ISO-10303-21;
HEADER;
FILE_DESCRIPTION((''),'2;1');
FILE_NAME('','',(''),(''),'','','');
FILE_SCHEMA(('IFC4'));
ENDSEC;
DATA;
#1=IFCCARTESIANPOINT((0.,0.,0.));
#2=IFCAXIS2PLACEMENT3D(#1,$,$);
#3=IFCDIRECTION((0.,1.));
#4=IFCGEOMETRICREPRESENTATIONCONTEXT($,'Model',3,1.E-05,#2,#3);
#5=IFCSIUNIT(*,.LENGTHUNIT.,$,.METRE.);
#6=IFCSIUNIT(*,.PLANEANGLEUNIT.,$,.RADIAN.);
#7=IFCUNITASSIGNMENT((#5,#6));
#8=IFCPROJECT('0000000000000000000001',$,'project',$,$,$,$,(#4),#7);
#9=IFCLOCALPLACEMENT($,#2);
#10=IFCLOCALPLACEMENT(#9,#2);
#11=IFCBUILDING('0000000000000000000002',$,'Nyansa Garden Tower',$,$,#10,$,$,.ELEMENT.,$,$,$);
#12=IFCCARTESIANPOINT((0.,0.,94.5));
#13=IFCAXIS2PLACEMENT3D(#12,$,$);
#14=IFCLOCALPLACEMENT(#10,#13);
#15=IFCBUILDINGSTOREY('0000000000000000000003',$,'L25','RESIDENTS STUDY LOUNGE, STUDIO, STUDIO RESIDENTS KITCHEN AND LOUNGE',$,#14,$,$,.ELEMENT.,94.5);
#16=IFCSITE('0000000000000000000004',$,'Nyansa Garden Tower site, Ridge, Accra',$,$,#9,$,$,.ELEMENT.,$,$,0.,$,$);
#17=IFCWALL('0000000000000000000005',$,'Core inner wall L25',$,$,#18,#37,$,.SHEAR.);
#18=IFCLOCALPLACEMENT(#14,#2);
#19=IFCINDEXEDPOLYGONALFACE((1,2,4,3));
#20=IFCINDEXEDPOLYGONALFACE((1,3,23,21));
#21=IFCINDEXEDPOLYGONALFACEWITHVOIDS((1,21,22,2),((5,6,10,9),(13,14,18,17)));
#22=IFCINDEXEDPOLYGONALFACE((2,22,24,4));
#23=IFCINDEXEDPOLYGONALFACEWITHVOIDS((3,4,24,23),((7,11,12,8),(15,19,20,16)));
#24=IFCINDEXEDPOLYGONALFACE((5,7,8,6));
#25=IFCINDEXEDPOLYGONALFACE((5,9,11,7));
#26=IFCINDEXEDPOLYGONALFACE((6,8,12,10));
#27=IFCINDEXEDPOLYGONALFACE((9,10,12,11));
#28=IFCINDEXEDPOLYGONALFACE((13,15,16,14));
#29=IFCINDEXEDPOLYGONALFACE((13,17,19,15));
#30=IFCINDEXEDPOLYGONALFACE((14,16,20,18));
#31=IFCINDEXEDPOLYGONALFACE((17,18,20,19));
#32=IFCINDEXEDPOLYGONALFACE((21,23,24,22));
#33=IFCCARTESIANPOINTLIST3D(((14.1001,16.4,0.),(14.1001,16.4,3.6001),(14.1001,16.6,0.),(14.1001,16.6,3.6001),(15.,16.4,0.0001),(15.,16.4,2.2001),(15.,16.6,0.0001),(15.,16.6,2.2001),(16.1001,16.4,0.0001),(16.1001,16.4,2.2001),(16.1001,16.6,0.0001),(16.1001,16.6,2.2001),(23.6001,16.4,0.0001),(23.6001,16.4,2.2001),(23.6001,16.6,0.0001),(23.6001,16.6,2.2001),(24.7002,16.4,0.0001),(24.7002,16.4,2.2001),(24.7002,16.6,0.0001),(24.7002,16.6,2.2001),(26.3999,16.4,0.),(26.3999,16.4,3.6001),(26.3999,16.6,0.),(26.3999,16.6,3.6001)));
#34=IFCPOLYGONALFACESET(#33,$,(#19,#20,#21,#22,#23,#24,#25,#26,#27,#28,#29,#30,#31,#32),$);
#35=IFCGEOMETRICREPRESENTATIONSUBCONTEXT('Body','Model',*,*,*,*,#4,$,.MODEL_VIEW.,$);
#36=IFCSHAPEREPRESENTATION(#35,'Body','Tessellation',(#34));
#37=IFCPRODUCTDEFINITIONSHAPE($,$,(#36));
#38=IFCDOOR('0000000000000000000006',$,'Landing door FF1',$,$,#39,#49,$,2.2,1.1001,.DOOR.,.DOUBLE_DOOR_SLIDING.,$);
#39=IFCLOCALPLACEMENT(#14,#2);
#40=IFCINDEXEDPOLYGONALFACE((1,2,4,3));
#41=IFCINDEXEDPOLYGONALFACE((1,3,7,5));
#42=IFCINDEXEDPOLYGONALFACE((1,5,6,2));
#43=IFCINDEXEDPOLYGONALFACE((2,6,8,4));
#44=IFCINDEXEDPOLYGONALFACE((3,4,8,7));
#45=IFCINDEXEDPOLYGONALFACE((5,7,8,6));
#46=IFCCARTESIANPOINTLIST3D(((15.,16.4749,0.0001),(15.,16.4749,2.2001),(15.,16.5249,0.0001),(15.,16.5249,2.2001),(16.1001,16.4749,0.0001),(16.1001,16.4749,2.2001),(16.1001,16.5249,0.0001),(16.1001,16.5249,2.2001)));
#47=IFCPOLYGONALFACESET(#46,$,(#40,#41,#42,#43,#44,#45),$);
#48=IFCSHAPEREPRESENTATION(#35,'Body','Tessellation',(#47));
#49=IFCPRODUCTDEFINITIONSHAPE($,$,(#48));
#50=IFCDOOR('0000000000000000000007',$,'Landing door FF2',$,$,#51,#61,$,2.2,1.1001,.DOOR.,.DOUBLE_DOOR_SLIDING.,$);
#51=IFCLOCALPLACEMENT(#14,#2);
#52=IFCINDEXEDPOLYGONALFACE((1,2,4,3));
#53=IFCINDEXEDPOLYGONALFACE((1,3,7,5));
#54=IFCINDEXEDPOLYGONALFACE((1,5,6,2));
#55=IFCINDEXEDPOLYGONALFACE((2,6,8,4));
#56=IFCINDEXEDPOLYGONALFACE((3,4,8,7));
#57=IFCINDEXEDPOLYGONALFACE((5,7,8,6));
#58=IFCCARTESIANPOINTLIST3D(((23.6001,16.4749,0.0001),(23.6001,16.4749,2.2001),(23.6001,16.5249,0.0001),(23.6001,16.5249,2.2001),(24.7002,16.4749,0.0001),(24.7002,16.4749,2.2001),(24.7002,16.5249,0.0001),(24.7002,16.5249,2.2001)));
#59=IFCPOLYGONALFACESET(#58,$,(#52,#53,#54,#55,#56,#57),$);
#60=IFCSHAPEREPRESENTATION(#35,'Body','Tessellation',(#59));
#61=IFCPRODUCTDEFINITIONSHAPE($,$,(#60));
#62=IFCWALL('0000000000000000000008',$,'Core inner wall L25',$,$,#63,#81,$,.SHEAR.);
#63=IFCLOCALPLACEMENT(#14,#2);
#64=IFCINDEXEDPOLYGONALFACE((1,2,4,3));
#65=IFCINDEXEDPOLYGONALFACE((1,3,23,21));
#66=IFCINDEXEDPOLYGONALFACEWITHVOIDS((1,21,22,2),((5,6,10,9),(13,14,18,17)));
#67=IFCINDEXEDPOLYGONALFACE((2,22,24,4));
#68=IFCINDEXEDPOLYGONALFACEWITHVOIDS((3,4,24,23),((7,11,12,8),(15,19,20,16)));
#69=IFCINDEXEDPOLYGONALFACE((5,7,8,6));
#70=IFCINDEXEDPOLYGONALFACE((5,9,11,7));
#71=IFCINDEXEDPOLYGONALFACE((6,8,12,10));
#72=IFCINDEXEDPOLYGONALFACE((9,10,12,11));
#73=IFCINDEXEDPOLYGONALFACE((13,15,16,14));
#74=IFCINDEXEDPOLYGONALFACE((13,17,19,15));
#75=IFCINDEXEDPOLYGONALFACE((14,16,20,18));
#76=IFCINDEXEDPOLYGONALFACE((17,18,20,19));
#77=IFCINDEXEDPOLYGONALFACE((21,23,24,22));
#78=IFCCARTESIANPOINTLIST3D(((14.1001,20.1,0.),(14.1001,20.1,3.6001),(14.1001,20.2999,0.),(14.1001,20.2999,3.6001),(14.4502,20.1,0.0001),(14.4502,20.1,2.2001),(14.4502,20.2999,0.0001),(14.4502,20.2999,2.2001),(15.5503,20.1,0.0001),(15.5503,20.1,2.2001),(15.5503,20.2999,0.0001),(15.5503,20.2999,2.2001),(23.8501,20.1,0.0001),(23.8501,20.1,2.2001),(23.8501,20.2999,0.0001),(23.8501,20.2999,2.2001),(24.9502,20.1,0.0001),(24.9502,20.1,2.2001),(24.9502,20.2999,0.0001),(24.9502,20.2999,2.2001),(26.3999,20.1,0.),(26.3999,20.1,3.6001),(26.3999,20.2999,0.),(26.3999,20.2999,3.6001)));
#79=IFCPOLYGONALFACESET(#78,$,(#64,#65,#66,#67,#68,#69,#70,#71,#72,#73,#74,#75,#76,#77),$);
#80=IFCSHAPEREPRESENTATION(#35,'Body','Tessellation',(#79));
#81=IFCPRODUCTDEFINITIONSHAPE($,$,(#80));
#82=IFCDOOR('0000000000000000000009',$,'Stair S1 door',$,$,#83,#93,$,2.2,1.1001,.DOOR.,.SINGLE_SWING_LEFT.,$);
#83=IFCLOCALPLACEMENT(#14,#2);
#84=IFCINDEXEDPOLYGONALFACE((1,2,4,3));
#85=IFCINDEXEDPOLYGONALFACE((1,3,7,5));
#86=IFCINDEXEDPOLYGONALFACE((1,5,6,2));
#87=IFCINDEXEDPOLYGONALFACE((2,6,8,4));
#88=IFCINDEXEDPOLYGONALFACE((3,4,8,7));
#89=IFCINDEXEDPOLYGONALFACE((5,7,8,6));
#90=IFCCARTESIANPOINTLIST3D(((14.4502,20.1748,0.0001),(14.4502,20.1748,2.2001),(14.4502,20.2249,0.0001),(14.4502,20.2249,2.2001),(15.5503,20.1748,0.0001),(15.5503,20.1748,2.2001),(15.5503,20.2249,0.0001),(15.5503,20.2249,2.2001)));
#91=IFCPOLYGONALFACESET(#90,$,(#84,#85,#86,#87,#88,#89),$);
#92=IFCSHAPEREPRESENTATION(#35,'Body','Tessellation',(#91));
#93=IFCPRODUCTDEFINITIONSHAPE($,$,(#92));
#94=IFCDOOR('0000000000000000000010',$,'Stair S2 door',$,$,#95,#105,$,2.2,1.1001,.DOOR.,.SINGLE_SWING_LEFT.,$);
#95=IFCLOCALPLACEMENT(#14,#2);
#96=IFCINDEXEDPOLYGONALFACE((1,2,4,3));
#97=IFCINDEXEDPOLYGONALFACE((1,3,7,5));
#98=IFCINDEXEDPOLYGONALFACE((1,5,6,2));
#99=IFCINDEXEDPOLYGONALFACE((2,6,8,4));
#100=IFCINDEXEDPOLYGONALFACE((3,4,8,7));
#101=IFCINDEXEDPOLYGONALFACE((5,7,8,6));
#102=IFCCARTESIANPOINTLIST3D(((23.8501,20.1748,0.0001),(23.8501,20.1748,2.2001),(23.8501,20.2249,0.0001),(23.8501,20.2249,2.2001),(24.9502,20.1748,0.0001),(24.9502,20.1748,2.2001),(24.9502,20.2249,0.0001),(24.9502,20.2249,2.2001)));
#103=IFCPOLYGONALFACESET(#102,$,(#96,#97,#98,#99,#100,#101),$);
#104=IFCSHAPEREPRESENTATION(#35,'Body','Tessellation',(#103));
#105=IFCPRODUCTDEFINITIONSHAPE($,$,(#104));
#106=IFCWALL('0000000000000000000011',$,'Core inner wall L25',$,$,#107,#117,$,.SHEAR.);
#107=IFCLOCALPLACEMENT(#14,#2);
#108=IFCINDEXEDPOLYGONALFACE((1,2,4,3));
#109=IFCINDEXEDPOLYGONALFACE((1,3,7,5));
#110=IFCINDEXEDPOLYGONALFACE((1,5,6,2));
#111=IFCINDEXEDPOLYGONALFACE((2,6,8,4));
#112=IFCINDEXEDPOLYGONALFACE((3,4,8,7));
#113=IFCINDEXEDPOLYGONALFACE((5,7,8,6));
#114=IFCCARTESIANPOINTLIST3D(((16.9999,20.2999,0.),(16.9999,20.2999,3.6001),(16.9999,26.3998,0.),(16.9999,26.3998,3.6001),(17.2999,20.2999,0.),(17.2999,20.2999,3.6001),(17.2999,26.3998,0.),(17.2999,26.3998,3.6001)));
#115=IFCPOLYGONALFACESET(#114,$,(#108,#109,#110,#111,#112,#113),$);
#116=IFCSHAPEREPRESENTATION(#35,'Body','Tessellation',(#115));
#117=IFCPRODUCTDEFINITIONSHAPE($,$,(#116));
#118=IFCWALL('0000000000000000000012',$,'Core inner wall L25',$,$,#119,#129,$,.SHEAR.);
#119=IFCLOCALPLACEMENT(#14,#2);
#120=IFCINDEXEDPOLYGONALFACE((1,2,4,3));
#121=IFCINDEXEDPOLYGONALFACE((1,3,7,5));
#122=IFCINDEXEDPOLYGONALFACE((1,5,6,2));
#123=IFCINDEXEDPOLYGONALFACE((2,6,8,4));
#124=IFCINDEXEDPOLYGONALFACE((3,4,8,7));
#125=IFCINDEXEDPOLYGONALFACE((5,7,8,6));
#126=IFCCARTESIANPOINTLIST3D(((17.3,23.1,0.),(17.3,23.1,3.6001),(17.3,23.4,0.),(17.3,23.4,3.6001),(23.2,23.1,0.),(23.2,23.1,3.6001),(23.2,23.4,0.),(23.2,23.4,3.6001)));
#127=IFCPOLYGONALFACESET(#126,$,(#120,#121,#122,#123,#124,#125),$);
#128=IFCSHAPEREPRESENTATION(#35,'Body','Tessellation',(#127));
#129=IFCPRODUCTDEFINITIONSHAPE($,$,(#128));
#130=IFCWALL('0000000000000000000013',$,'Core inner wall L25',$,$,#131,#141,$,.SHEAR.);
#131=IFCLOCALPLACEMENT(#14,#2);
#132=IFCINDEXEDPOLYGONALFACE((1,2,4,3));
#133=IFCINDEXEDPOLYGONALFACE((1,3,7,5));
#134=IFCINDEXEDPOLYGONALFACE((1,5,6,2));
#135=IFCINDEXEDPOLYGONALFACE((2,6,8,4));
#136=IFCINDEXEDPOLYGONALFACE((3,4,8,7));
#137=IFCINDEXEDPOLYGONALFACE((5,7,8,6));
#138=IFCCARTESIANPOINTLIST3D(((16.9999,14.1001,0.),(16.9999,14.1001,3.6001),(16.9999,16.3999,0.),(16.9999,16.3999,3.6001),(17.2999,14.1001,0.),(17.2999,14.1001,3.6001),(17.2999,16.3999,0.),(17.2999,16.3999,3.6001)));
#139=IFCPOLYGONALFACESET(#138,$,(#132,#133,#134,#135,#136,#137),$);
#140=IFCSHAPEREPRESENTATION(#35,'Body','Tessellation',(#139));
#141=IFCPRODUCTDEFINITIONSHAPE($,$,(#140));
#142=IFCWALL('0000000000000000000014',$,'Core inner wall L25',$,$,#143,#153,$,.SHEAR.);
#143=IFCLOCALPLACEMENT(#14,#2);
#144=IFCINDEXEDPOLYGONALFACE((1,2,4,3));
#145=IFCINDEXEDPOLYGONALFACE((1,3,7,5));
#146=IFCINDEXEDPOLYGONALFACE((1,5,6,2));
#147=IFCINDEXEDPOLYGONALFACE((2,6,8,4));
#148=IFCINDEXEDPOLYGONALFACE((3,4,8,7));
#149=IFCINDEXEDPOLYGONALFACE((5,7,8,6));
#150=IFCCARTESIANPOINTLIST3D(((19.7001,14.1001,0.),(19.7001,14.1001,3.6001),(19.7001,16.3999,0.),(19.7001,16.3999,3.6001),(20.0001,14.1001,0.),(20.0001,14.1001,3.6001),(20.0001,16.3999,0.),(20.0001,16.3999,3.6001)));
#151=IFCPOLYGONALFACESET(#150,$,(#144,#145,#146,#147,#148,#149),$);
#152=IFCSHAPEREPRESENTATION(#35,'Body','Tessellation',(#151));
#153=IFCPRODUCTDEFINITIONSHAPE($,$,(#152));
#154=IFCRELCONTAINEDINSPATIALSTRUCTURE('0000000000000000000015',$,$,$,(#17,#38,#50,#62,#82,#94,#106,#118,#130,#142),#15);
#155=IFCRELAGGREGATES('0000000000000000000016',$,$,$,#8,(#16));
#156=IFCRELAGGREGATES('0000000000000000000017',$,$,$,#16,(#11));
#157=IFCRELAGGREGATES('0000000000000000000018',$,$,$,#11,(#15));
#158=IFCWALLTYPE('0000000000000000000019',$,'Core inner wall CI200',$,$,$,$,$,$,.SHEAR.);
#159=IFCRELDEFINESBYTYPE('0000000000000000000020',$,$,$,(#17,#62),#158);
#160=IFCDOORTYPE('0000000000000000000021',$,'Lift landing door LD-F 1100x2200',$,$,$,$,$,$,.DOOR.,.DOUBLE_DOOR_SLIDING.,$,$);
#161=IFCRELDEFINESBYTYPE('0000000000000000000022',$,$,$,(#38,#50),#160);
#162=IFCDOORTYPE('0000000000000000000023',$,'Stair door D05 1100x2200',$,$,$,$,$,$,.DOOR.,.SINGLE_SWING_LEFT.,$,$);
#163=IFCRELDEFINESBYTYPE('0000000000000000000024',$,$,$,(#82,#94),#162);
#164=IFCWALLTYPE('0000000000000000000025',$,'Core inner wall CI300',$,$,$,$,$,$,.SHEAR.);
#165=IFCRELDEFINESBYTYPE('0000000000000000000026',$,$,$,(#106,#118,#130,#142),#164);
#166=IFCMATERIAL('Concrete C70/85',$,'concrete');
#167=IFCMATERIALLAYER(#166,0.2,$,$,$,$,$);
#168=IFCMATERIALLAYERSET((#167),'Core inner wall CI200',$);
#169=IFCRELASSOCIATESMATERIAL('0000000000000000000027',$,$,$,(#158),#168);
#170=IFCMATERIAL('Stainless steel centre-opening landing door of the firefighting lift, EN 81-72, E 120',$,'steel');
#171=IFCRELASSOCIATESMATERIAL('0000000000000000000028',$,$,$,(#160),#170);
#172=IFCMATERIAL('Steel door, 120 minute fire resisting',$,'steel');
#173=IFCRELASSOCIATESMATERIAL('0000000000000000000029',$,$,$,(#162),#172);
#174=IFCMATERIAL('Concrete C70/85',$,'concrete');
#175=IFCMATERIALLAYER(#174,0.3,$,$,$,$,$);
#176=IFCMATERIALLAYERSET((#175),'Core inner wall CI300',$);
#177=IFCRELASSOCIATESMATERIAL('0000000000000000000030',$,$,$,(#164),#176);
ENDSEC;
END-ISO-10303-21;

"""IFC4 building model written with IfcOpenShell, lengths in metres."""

from ifc_helpers import new_model, si_unit, direction, frame, frame_2d, origin, place, context, subcontext, project, spatial, rectangle, extrude, material, layer, layer_set, type_object, element, fill, save


model = new_model("IFC4")

# Units and contexts
model_context = context("Model", 3, precision=1e-05, world=origin(), true_north=direction((0.0, 1.0)))
body_context = subcontext(model_context, "Body", "Model", "MODEL_VIEW")
ifc_project = project(units=[si_unit("LENGTHUNIT", "METRE"), si_unit("PLANEANGLEUNIT", "RADIAN")], contexts=[model_context])

# Site, building, storey
site_placement = place(None, origin())
site = spatial("IfcSite", under=ifc_project, at=site_placement, Name="Nyansa Garden Tower site, Ridge, Accra", CompositionType="ELEMENT", RefElevation=0.0)
building_placement = place(site_placement, origin())
building = spatial("IfcBuilding", under=site, at=building_placement, Name="Nyansa Garden Tower", CompositionType="ELEMENT")
storey_placement = place(building_placement, frame((0.0, 0.0, 94.5)))
storey = spatial("IfcBuildingStorey", under=building, at=storey_placement, Name="L25", Description="RESIDENTS STUDY LOUNGE, STUDIO, STUDIO RESIDENTS KITCHEN AND LOUNGE", CompositionType="ELEMENT", Elevation=94.5)

# Walls, openings, doors
ifc_material_1 = material(Name="Concrete C70/85", Category="concrete")
ifc_layer_1 = layer(ifc_material_1, 0.2)
ifc_layer_set_1 = layer_set([ifc_layer_1], Name="Core inner wall CI200")
wall_type_1 = type_object("IfcWallType", Name="Core inner wall CI200", PredefinedType="SHEAR", material=ifc_layer_set_1)
wall_1_placement = place(storey_placement, frame((14.1001, 16.5, 0.0), z_axis=(0.0, 0.0, 1.0), x_axis=(1.0, 0.0, 0.0)))
wall_1 = element("IfcWall", 1, at=wall_1_placement, inside=storey, type_object=wall_type_1, Name="Core inner wall L25", PredefinedType="SHEAR", context=body_context, shape_type="SweptSolid", body=[
    extrude(rectangle(XDim=12.2998, YDim=0.2, at=frame_2d((6.1499, 0.0))), origin(), (0.0, 0.0, 1.0), 3.6001),
])
opening_1_placement = place(wall_1_placement, frame((0.8999, 0.0, 0.0)))
opening_1 = element("IfcOpeningElement", 2, at=opening_1_placement, cuts=wall_1, PredefinedType="OPENING", context=body_context, shape_type="SweptSolid", body=[
    extrude(rectangle(XDim=1.1001, YDim=2.2, at=frame_2d((0.55, 1.1001))), frame((0.0, 0.1099, 0.0), z_axis=(0.0, -1.0, 0.0), x_axis=(1.0, 0.0, 0.0)), (0.0, 0.0, 1.0), 0.22),
])
opening_2_placement = place(wall_1_placement, frame((9.5, 0.0, 0.0)))
opening_2 = element("IfcOpeningElement", 3, at=opening_2_placement, cuts=wall_1, PredefinedType="OPENING", context=body_context, shape_type="SweptSolid", body=[
    extrude(rectangle(XDim=1.1001, YDim=2.2, at=frame_2d((0.55, 1.1001))), frame((0.0, 0.1099, 0.0), z_axis=(0.0, -1.0, 0.0), x_axis=(1.0, 0.0, 0.0)), (0.0, 0.0, 1.0), 0.22),
])
ifc_material_2 = material(Name="Stainless steel centre-opening landing door of the firefighting lift, EN 81-72, E 120", Category="steel")
door_type_1 = type_object("IfcDoorType", Name="Lift landing door LD-F 1100x2200", OperationType="DOUBLE_DOOR_SLIDING", PredefinedType="DOOR", material=ifc_material_2)
door_1_placement = place(opening_1_placement, origin())
door_1 = element("IfcDoor", 4, at=door_1_placement, inside=storey, type_object=door_type_1, Name="Landing door FF1", OperationType="DOUBLE_DOOR_SLIDING", OverallHeight=2.2, OverallWidth=1.1001, PredefinedType="DOOR", context=body_context, shape_type="SweptSolid", body=[
    extrude(rectangle(XDim=1.1001, YDim=2.2, at=frame_2d((0.55, 1.1001))), frame((0.0, 0.0249, 0.0), z_axis=(0.0, -1.0, 0.0), x_axis=(1.0, 0.0, 0.0)), (0.0, 0.0, 1.0), 0.05),
])
fill(opening_1, door_1)
door_2_placement = place(opening_2_placement, origin())
door_2 = element("IfcDoor", 5, at=door_2_placement, inside=storey, type_object=door_type_1, Name="Landing door FF2", OperationType="DOUBLE_DOOR_SLIDING", OverallHeight=2.2, OverallWidth=1.1001, PredefinedType="DOOR", context=body_context, shape_type="SweptSolid", body=[
    extrude(rectangle(XDim=1.1001, YDim=2.2, at=frame_2d((0.55, 1.1001))), frame((0.0, 0.0249, 0.0), z_axis=(0.0, -1.0, 0.0), x_axis=(1.0, 0.0, 0.0)), (0.0, 0.0, 1.0), 0.05),
])
fill(opening_2, door_2)
wall_2_placement = place(storey_placement, frame((14.1001, 20.2, 0.0), z_axis=(0.0, 0.0, 1.0), x_axis=(1.0, 0.0, 0.0)))
wall_2 = element("IfcWall", 6, at=wall_2_placement, inside=storey, type_object=wall_type_1, Name="Core inner wall L25", PredefinedType="SHEAR", context=body_context, shape_type="SweptSolid", body=[
    extrude(rectangle(XDim=12.2998, YDim=0.2, at=frame_2d((6.1499, 0.0))), origin(), (0.0, 0.0, 1.0), 3.6001),
])
opening_3_placement = place(wall_2_placement, frame((0.3501, 0.0, 0.0)))
opening_3 = element("IfcOpeningElement", 7, at=opening_3_placement, cuts=wall_2, PredefinedType="OPENING", context=body_context, shape_type="SweptSolid", body=[
    extrude(rectangle(XDim=1.1001, YDim=2.2, at=frame_2d((0.55, 1.1001))), frame((0.0, 0.1099, 0.0), z_axis=(0.0, -1.0, 0.0), x_axis=(1.0, 0.0, 0.0)), (0.0, 0.0, 1.0), 0.22),
])
opening_4_placement = place(wall_2_placement, frame((9.75, 0.0, 0.0)))
opening_4 = element("IfcOpeningElement", 8, at=opening_4_placement, cuts=wall_2, PredefinedType="OPENING", context=body_context, shape_type="SweptSolid", body=[
    extrude(rectangle(XDim=1.1001, YDim=2.2, at=frame_2d((0.55, 1.1001))), frame((0.0, 0.1099, 0.0), z_axis=(0.0, -1.0, 0.0), x_axis=(1.0, 0.0, 0.0)), (0.0, 0.0, 1.0), 0.22),
])
ifc_material_3 = material(Name="Steel door, 120 minute fire resisting", Category="steel")
door_type_2 = type_object("IfcDoorType", Name="Stair door D05 1100x2200", OperationType="SINGLE_SWING_LEFT", PredefinedType="DOOR", material=ifc_material_3)
door_3_placement = place(opening_3_placement, origin())
door_3 = element("IfcDoor", 9, at=door_3_placement, inside=storey, type_object=door_type_2, Name="Stair S1 door", OperationType="SINGLE_SWING_LEFT", OverallHeight=2.2, OverallWidth=1.1001, PredefinedType="DOOR", context=body_context, shape_type="SweptSolid", body=[
    extrude(rectangle(XDim=1.1001, YDim=2.2, at=frame_2d((0.55, 1.1001))), frame((0.0, 0.0249, 0.0), z_axis=(0.0, -1.0, 0.0), x_axis=(1.0, 0.0, 0.0)), (0.0, 0.0, 1.0), 0.05),
])
fill(opening_3, door_3)
door_4_placement = place(opening_4_placement, origin())
door_4 = element("IfcDoor", 10, at=door_4_placement, inside=storey, type_object=door_type_2, Name="Stair S2 door", OperationType="SINGLE_SWING_LEFT", OverallHeight=2.2, OverallWidth=1.1001, PredefinedType="DOOR", context=body_context, shape_type="SweptSolid", body=[
    extrude(rectangle(XDim=1.1001, YDim=2.2, at=frame_2d((0.55, 1.1001))), frame((0.0, 0.0249, 0.0), z_axis=(0.0, -1.0, 0.0), x_axis=(1.0, 0.0, 0.0)), (0.0, 0.0, 1.0), 0.05),
])
fill(opening_4, door_4)

# Walls
ifc_material_4 = material(Name="Concrete C70/85", Category="concrete")
ifc_layer_2 = layer(ifc_material_4, 0.3)
ifc_layer_set_2 = layer_set([ifc_layer_2], Name="Core inner wall CI300")
wall_type_2 = type_object("IfcWallType", Name="Core inner wall CI300", PredefinedType="SHEAR", material=ifc_layer_set_2)
wall_3_placement = place(storey_placement, frame((17.1499, 20.3, 0.0), z_axis=(0.0, 0.0, 1.0), x_axis=(0.0, 1.0, 0.0)))
element("IfcWall", 11, at=wall_3_placement, inside=storey, type_object=wall_type_2, Name="Core inner wall L25", PredefinedType="SHEAR", context=body_context, shape_type="SweptSolid", body=[
    extrude(rectangle(XDim=6.0999, YDim=0.3, at=frame_2d((3.0498, 0.0))), origin(), (0.0, 0.0, 1.0), 3.6001),
])
wall_4_placement = place(storey_placement, frame((17.3, 23.25, 0.0), z_axis=(0.0, 0.0, 1.0), x_axis=(1.0, 0.0, 0.0)))
element("IfcWall", 12, at=wall_4_placement, inside=storey, type_object=wall_type_2, Name="Core inner wall L25", PredefinedType="SHEAR", context=body_context, shape_type="SweptSolid", body=[
    extrude(rectangle(XDim=5.8999, YDim=0.3, at=frame_2d((2.95, 0.0))), origin(), (0.0, 0.0, 1.0), 3.6001),
])
for number, where, z_axis, x_axis, name in (
    (13, (17.1499, 14.1001, 0.0), (0.0, 0.0, 1.0), (0.0, 1.0, 0.0), "Core inner wall L25"),
    (14, (19.8501, 14.1001, 0.0), (0.0, 0.0, 1.0), (0.0, 1.0, 0.0), "Core inner wall L25"),
):
    element("IfcWall", number, at=place(storey_placement, frame(where, z_axis=z_axis, x_axis=x_axis)), inside=storey, type_object=wall_type_2, Name=name, PredefinedType="SHEAR", context=body_context, shape_type="SweptSolid", body=[
        extrude(rectangle(XDim=2.2998, YDim=0.3, at=frame_2d((1.1499, 0.0))), origin(), (0.0, 0.0, 1.0), 3.6001),
    ])

save(model, "model.ifc")
